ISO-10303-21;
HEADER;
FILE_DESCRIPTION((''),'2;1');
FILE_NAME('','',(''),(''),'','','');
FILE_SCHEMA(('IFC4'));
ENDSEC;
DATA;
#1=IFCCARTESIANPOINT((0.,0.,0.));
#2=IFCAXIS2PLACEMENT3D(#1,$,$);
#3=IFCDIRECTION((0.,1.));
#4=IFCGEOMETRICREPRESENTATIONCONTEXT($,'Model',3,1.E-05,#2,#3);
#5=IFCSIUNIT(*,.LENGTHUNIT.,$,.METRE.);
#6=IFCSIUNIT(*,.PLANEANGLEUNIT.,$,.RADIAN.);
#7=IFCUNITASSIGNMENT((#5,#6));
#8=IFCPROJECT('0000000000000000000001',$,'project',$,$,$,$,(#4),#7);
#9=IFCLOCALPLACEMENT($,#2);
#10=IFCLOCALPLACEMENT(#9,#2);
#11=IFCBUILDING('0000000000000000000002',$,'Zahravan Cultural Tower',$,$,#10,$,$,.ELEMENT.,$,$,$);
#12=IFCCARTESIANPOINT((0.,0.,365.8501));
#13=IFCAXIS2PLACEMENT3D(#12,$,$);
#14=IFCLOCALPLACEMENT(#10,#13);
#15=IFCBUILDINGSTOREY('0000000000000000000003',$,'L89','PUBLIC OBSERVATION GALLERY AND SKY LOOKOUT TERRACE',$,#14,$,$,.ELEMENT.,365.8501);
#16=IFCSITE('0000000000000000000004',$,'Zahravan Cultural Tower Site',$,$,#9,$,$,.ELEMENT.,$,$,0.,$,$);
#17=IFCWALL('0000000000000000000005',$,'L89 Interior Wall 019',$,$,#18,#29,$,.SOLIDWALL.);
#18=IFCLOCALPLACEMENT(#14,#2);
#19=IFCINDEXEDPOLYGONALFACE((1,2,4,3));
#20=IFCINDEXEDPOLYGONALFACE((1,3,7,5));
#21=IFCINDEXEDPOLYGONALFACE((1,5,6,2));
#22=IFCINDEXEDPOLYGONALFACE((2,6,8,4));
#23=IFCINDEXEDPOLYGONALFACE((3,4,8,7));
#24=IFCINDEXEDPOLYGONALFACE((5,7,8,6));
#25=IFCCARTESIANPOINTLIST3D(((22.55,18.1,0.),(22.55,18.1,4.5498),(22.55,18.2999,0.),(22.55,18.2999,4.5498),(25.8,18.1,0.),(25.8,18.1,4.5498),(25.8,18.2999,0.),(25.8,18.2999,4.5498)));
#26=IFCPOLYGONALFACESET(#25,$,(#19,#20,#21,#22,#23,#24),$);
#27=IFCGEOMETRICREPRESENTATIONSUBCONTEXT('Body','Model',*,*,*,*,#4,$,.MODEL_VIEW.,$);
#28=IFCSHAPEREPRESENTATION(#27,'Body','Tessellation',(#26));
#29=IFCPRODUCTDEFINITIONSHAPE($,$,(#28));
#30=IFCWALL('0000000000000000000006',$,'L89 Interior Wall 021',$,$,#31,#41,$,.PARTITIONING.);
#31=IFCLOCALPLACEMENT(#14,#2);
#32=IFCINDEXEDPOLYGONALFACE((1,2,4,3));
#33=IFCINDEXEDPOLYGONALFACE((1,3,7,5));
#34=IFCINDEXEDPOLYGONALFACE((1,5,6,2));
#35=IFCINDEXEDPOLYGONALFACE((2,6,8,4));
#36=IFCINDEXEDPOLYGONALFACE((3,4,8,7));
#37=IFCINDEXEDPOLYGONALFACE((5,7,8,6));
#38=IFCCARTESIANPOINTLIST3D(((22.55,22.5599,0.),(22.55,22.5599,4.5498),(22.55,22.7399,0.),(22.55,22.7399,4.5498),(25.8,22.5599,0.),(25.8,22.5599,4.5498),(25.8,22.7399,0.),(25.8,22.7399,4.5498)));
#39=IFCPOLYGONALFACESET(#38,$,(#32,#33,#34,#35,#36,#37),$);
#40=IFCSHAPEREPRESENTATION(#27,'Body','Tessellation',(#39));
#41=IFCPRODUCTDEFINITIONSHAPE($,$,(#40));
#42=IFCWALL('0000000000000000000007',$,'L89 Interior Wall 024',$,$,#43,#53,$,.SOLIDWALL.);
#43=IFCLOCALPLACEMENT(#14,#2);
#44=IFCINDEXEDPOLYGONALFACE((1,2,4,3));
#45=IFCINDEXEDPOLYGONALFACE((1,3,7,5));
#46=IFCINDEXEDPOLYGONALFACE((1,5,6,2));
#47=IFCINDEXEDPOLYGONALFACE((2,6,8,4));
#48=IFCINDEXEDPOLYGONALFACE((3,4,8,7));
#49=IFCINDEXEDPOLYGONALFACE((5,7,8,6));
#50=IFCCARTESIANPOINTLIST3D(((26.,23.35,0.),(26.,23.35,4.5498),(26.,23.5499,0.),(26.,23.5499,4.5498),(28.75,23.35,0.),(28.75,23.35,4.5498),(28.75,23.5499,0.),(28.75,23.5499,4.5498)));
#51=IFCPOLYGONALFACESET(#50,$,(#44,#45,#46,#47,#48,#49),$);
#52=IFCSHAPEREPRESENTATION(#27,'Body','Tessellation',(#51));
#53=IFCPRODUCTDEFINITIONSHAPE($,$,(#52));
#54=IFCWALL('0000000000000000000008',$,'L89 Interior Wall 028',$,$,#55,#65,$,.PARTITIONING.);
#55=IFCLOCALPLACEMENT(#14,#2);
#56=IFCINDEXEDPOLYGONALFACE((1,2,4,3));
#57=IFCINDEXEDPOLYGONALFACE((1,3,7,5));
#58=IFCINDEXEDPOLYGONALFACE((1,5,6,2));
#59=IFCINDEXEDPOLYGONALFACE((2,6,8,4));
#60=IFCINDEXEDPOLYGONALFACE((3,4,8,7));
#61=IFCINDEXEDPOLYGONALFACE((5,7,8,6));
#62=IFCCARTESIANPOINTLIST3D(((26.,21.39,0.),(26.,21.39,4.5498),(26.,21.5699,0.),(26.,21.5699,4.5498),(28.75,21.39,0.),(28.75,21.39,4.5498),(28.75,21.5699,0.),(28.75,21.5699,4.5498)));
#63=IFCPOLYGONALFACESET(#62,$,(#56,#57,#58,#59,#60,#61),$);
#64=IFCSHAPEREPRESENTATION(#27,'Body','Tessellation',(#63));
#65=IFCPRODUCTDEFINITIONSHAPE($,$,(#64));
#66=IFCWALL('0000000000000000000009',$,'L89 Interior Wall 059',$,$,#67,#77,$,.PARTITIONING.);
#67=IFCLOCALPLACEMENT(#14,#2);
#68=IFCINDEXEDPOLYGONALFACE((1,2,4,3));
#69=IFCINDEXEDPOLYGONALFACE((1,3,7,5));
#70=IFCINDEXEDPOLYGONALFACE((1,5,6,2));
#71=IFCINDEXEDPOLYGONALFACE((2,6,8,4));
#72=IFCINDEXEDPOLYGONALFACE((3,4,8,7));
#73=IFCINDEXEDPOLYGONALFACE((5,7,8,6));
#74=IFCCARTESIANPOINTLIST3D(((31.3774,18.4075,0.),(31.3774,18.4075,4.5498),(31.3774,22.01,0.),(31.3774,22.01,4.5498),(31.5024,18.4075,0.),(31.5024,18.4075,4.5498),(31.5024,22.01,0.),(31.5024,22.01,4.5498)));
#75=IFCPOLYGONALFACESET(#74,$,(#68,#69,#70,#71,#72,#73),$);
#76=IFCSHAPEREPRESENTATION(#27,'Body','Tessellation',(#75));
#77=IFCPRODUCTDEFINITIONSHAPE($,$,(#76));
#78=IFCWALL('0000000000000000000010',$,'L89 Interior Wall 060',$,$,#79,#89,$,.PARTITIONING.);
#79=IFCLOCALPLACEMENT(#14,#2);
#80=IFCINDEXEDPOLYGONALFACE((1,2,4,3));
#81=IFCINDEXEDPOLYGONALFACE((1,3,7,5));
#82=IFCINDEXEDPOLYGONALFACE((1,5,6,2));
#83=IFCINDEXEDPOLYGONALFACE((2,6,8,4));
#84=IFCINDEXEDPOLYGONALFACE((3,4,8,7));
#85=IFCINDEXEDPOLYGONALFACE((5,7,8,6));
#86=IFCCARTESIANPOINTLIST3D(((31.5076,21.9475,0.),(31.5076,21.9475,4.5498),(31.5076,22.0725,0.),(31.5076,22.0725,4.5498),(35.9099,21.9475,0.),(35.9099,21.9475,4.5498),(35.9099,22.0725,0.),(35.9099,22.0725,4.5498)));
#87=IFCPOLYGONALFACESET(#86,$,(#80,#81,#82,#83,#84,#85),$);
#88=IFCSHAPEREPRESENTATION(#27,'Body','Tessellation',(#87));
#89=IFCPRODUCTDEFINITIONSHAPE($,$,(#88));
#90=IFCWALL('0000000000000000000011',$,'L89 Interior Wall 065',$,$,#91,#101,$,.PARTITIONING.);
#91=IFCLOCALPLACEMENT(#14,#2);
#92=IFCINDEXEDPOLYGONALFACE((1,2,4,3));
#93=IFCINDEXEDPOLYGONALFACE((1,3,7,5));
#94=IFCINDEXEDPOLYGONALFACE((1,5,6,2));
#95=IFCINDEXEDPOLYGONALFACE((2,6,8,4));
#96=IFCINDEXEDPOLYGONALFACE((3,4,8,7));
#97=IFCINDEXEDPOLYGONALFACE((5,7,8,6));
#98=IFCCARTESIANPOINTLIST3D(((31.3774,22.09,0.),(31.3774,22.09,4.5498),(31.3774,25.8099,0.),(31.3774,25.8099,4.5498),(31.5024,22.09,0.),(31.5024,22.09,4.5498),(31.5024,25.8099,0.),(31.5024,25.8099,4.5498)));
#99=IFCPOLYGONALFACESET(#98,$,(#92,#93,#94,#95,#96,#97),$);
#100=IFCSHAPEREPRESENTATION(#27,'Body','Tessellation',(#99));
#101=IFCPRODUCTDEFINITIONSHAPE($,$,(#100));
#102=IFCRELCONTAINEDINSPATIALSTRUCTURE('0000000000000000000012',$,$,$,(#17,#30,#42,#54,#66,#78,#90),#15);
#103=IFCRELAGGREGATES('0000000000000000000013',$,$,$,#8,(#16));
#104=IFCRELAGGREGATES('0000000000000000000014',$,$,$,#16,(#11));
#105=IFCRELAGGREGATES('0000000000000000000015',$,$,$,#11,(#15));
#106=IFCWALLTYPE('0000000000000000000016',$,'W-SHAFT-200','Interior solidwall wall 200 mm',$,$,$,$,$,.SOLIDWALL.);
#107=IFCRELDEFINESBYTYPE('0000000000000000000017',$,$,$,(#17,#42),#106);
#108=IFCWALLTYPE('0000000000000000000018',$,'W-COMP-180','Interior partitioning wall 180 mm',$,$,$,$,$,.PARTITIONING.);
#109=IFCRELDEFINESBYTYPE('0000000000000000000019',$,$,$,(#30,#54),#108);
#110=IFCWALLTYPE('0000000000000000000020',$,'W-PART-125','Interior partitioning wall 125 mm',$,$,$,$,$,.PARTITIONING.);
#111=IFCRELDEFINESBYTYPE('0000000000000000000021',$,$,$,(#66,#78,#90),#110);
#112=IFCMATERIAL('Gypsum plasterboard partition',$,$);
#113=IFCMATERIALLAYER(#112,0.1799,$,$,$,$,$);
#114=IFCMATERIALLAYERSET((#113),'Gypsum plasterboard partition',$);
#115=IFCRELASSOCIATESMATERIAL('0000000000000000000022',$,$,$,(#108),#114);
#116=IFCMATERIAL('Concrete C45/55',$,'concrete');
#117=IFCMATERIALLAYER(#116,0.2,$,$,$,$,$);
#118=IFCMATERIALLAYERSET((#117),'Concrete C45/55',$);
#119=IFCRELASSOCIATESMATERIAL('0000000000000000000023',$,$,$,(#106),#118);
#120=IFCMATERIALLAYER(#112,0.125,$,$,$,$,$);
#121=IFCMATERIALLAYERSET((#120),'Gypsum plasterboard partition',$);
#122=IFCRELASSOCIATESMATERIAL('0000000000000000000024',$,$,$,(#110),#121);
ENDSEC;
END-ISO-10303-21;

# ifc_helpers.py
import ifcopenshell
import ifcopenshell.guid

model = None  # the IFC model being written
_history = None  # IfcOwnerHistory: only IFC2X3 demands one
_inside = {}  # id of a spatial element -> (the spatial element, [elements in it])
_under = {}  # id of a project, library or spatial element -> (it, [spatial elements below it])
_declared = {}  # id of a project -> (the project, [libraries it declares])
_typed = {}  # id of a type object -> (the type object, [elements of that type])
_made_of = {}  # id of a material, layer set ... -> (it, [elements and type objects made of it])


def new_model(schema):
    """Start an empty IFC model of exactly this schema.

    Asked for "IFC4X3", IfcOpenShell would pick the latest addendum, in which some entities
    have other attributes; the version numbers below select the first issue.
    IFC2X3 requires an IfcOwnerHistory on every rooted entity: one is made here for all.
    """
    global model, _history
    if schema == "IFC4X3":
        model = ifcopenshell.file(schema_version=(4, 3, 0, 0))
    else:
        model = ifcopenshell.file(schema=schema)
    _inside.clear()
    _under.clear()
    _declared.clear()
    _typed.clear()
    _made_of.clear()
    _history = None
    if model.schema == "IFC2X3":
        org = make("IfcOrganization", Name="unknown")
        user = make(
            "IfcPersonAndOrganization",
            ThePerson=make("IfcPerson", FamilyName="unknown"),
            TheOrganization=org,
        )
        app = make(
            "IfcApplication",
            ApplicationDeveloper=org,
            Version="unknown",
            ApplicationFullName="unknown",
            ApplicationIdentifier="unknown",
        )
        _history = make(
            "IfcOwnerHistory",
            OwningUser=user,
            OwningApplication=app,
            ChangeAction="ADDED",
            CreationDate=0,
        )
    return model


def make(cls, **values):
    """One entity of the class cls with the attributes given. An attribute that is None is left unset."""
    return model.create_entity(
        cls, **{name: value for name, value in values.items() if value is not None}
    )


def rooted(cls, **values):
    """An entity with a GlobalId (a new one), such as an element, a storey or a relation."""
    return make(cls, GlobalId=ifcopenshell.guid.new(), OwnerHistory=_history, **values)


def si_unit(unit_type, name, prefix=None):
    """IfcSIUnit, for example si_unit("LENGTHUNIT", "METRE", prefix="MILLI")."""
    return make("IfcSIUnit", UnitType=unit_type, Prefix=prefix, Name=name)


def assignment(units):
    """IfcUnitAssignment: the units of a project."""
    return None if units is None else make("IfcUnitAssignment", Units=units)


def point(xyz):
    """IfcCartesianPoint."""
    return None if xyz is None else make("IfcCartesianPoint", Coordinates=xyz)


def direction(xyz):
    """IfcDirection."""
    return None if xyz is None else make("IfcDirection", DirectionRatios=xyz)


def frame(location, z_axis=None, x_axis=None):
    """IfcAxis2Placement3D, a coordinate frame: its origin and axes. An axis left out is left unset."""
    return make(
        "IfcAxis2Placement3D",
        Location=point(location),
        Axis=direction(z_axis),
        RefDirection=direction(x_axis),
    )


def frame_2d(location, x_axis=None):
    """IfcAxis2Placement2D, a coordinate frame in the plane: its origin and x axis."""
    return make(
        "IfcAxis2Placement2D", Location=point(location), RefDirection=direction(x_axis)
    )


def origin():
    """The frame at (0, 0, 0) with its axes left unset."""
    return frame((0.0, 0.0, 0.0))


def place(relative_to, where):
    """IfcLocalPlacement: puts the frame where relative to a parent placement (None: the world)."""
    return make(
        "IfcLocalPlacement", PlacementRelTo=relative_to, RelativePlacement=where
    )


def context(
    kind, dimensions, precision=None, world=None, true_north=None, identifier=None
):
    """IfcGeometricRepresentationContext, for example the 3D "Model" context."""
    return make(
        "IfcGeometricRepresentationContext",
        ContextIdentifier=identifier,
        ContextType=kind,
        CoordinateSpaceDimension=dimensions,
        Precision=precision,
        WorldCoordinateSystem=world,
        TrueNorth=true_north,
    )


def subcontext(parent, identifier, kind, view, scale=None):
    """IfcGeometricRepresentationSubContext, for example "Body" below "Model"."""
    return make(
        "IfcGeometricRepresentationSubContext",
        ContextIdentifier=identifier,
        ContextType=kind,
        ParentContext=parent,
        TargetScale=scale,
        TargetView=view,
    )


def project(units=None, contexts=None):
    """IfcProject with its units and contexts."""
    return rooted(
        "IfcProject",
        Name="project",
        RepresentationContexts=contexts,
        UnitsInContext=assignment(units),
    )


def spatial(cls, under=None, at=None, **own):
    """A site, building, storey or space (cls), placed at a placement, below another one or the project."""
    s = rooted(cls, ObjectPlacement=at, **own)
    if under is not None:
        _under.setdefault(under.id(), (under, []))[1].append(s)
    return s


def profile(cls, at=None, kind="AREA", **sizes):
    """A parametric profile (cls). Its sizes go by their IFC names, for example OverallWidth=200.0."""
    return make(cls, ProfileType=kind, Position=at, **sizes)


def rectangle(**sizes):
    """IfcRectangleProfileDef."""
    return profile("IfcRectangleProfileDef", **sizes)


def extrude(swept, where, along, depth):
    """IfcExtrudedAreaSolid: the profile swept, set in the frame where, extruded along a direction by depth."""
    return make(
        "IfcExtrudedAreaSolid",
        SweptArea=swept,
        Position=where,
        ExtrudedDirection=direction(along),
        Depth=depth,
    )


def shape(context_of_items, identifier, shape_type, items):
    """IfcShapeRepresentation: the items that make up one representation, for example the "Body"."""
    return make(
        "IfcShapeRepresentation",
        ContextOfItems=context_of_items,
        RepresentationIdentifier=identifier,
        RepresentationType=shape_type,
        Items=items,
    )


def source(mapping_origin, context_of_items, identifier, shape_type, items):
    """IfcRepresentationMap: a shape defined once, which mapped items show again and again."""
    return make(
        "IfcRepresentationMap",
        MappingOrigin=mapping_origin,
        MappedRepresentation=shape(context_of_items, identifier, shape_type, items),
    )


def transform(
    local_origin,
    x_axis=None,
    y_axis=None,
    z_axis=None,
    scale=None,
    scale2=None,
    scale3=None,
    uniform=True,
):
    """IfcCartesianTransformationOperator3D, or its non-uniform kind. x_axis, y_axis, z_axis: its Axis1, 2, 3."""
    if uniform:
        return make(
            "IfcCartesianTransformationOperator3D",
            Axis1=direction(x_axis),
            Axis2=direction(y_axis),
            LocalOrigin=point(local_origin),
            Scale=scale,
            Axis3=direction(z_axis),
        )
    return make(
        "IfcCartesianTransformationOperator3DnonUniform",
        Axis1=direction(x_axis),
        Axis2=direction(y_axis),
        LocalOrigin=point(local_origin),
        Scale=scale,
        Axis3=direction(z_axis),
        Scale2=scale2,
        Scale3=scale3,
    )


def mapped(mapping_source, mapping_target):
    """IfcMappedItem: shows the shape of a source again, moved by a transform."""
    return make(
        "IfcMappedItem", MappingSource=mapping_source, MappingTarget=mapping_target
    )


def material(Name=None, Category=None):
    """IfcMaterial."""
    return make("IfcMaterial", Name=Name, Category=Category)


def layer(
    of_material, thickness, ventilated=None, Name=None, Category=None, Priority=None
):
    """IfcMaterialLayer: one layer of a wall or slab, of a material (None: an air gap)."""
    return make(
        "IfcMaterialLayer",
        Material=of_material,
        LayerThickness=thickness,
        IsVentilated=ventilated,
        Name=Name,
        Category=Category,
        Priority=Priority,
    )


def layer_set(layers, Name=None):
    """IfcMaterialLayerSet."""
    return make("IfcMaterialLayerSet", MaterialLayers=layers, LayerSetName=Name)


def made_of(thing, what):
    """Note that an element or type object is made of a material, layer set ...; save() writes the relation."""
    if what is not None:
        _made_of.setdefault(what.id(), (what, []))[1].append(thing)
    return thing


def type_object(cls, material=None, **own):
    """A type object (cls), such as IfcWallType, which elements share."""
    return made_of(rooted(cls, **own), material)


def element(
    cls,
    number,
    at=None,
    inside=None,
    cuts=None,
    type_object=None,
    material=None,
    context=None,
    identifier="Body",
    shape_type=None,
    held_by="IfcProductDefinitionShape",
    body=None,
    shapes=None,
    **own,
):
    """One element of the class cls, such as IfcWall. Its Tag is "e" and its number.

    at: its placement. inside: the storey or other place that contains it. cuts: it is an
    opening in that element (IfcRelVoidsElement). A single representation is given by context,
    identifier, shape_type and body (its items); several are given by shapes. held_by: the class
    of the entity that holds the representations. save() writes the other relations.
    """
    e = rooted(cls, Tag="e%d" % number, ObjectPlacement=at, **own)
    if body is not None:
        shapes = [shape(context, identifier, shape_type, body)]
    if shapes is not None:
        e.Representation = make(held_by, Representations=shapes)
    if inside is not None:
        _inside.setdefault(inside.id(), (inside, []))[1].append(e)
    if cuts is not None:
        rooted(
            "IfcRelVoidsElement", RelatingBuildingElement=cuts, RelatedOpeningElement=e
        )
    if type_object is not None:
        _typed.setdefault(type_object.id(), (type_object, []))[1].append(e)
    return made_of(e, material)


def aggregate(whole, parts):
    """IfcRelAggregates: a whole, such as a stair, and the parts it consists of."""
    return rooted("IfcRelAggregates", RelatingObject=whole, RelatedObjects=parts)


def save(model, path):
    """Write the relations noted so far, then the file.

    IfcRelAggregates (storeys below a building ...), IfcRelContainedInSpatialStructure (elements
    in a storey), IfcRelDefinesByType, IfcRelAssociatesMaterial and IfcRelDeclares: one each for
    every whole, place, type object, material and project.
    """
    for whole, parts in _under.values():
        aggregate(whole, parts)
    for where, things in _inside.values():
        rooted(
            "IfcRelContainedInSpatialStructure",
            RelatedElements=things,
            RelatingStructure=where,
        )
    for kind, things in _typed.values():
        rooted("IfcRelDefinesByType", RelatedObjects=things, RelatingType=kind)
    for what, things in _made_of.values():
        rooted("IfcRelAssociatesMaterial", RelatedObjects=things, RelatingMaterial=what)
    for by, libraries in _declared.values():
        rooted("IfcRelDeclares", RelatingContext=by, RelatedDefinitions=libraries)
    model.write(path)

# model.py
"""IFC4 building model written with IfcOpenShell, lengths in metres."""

from ifc_helpers import new_model, si_unit, direction, frame, frame_2d, origin, place, context, subcontext, project, spatial, rectangle, extrude, source, transform, mapped, material, layer, layer_set, type_object, element, save


model = new_model("IFC4")

# Units and contexts
model_context = context("Model", 3, precision=1e-05, world=origin(), true_north=direction((0.0, 1.0)))
body_context = subcontext(model_context, "Body", "Model", "MODEL_VIEW")
ifc_project = project(units=[si_unit("LENGTHUNIT", "METRE"), si_unit("PLANEANGLEUNIT", "RADIAN")], contexts=[model_context])

# Site, building, storey
site_placement = place(None, origin())
site = spatial("IfcSite", under=ifc_project, at=site_placement, Name="Zahravan Cultural Tower Site", CompositionType="ELEMENT", RefElevation=0.0)
building_placement = place(site_placement, origin())
building = spatial("IfcBuilding", under=site, at=building_placement, Name="Zahravan Cultural Tower", CompositionType="ELEMENT")
storey_placement = place(building_placement, frame((0.0, 0.0, 365.8501)))
storey = spatial("IfcBuildingStorey", under=building, at=storey_placement, Name="L89", Description="PUBLIC OBSERVATION GALLERY AND SKY LOOKOUT TERRACE", CompositionType="ELEMENT", Elevation=365.8501)

# Shared definitions
ifc_material_1 = material(Name="Gypsum plasterboard partition")
ifc_layer_1 = layer(ifc_material_1, 0.1799)
ifc_layer_set_1 = layer_set([ifc_layer_1], Name="Gypsum plasterboard partition")
wall_type_1 = type_object("IfcWallType", Name="W-COMP-180", Description="Interior partitioning wall 180 mm", PredefinedType="PARTITIONING", material=ifc_layer_set_1)

# Shared definitions
ifc_material_2 = material(Name="Concrete C45/55", Category="concrete")
ifc_layer_2 = layer(ifc_material_2, 0.2)
ifc_layer_set_2 = layer_set([ifc_layer_2], Name="Concrete C45/55")
wall_type_2 = type_object("IfcWallType", Name="W-SHAFT-200", Description="Interior solidwall wall 200 mm", PredefinedType="SOLIDWALL", material=ifc_layer_set_2)

# Walls
shared_shape_1 = source(origin(), body_context, "Body", "SweptSolid", [
    extrude(rectangle(XDim=3.25, YDim=0.2, at=frame_2d((1.625, 0.0))), origin(), (0.0, 0.0, 1.0), 4.5498),
])
wall_1_placement = place(storey_placement, frame((22.55, 18.2, 0.0), z_axis=(0.0, 0.0, 1.0), x_axis=(1.0, 0.0, 0.0)))
element("IfcWall", 1, at=wall_1_placement, inside=storey, type_object=wall_type_2, Name="L89 Interior Wall 019", PredefinedType="SOLIDWALL", context=body_context, shape_type="MappedRepresentation", body=[
    mapped(shared_shape_1, transform((0.0, 0.0, 0.0), x_axis=(1.0, 0.0, 0.0), y_axis=(0.0, 1.0, 0.0), z_axis=(0.0, 0.0, 1.0), scale=1.0)),
])
shared_shape_2 = source(origin(), body_context, "Body", "SweptSolid", [
    extrude(rectangle(XDim=3.25, YDim=0.1799, at=frame_2d((1.625, 0.0))), origin(), (0.0, 0.0, 1.0), 4.5498),
])
wall_2_placement = place(storey_placement, frame((22.55, 22.6499, 0.0), z_axis=(0.0, 0.0, 1.0), x_axis=(1.0, 0.0, 0.0)))
element("IfcWall", 2, at=wall_2_placement, inside=storey, type_object=wall_type_1, Name="L89 Interior Wall 021", PredefinedType="PARTITIONING", context=body_context, shape_type="MappedRepresentation", body=[
    mapped(shared_shape_2, transform((0.0, 0.0, 0.0), x_axis=(1.0, 0.0, 0.0), y_axis=(0.0, 1.0, 0.0), z_axis=(0.0, 0.0, 1.0), scale=1.0)),
])
shared_shape_3 = source(origin(), body_context, "Body", "SweptSolid", [
    extrude(rectangle(XDim=2.75, YDim=0.2, at=frame_2d((1.375, 0.0))), origin(), (0.0, 0.0, 1.0), 4.5498),
])
wall_3_placement = place(storey_placement, frame((26.0, 23.45, 0.0), z_axis=(0.0, 0.0, 1.0), x_axis=(1.0, 0.0, 0.0)))
element("IfcWall", 3, at=wall_3_placement, inside=storey, type_object=wall_type_2, Name="L89 Interior Wall 024", PredefinedType="SOLIDWALL", context=body_context, shape_type="MappedRepresentation", body=[
    mapped(shared_shape_3, transform((0.0, 0.0, 0.0), x_axis=(1.0, 0.0, 0.0), y_axis=(0.0, 1.0, 0.0), z_axis=(0.0, 0.0, 1.0), scale=1.0)),
])
shared_shape_4 = source(origin(), body_context, "Body", "SweptSolid", [
    extrude(rectangle(XDim=2.75, YDim=0.1799, at=frame_2d((1.375, 0.0))), origin(), (0.0, 0.0, 1.0), 4.5498),
])
wall_4_placement = place(storey_placement, frame((26.0, 21.48, 0.0), z_axis=(0.0, 0.0, 1.0), x_axis=(1.0, 0.0, 0.0)))
element("IfcWall", 4, at=wall_4_placement, inside=storey, type_object=wall_type_1, Name="L89 Interior Wall 028", PredefinedType="PARTITIONING", context=body_context, shape_type="MappedRepresentation", body=[
    mapped(shared_shape_4, transform((0.0, 0.0, 0.0), x_axis=(1.0, 0.0, 0.0), y_axis=(0.0, 1.0, 0.0), z_axis=(0.0, 0.0, 1.0), scale=1.0)),
])
ifc_layer_3 = layer(ifc_material_1, 0.125)
ifc_layer_set_3 = layer_set([ifc_layer_3], Name="Gypsum plasterboard partition")
wall_type_3 = type_object("IfcWallType", Name="W-PART-125", Description="Interior partitioning wall 125 mm", PredefinedType="PARTITIONING", material=ifc_layer_set_3)
shared_shape_5 = source(origin(), body_context, "Body", "SweptSolid", [
    extrude(rectangle(XDim=3.6025, YDim=0.125, at=frame_2d((1.8013, 0.0))), origin(), (0.0, 0.0, 1.0), 4.5498),
])
wall_5_placement = place(storey_placement, frame((31.4399, 18.4075, 0.0), z_axis=(0.0, 0.0, 1.0), x_axis=(0.0, 1.0, 0.0)))
element("IfcWall", 5, at=wall_5_placement, inside=storey, type_object=wall_type_3, Name="L89 Interior Wall 059", PredefinedType="PARTITIONING", context=body_context, shape_type="MappedRepresentation", body=[
    mapped(shared_shape_5, transform((0.0, 0.0, 0.0), x_axis=(1.0, 0.0, 0.0), y_axis=(0.0, 1.0, 0.0), z_axis=(0.0, 0.0, 1.0), scale=1.0)),
])
shared_shape_6 = source(origin(), body_context, "Body", "SweptSolid", [
    extrude(rectangle(XDim=4.4023, YDim=0.125, at=frame_2d((2.2012, 0.0))), origin(), (0.0, 0.0, 1.0), 4.5498),
])
wall_6_placement = place(storey_placement, frame((31.5076, 22.01, 0.0), z_axis=(0.0, 0.0, 1.0), x_axis=(1.0, 0.0, 0.0)))
element("IfcWall", 6, at=wall_6_placement, inside=storey, type_object=wall_type_3, Name="L89 Interior Wall 060", PredefinedType="PARTITIONING", context=body_context, shape_type="MappedRepresentation", body=[
    mapped(shared_shape_6, transform((0.0, 0.0, 0.0), x_axis=(1.0, 0.0, 0.0), y_axis=(0.0, 1.0, 0.0), z_axis=(0.0, 0.0, 1.0), scale=1.0)),
])
shared_shape_7 = source(origin(), body_context, "Body", "SweptSolid", [
    extrude(rectangle(XDim=3.72, YDim=0.125, at=frame_2d((1.8599, 0.0))), origin(), (0.0, 0.0, 1.0), 4.5498),
])
wall_7_placement = place(storey_placement, frame((31.4399, 22.0901, 0.0), z_axis=(0.0, 0.0, 1.0), x_axis=(0.0, 1.0, 0.0)))
element("IfcWall", 7, at=wall_7_placement, inside=storey, type_object=wall_type_3, Name="L89 Interior Wall 065", PredefinedType="PARTITIONING", context=body_context, shape_type="MappedRepresentation", body=[
    mapped(shared_shape_7, transform((0.0, 0.0, 0.0), x_axis=(1.0, 0.0, 0.0), y_axis=(0.0, 1.0, 0.0), z_axis=(0.0, 0.0, 1.0), scale=1.0)),
])

save(model, "model.ifc")
